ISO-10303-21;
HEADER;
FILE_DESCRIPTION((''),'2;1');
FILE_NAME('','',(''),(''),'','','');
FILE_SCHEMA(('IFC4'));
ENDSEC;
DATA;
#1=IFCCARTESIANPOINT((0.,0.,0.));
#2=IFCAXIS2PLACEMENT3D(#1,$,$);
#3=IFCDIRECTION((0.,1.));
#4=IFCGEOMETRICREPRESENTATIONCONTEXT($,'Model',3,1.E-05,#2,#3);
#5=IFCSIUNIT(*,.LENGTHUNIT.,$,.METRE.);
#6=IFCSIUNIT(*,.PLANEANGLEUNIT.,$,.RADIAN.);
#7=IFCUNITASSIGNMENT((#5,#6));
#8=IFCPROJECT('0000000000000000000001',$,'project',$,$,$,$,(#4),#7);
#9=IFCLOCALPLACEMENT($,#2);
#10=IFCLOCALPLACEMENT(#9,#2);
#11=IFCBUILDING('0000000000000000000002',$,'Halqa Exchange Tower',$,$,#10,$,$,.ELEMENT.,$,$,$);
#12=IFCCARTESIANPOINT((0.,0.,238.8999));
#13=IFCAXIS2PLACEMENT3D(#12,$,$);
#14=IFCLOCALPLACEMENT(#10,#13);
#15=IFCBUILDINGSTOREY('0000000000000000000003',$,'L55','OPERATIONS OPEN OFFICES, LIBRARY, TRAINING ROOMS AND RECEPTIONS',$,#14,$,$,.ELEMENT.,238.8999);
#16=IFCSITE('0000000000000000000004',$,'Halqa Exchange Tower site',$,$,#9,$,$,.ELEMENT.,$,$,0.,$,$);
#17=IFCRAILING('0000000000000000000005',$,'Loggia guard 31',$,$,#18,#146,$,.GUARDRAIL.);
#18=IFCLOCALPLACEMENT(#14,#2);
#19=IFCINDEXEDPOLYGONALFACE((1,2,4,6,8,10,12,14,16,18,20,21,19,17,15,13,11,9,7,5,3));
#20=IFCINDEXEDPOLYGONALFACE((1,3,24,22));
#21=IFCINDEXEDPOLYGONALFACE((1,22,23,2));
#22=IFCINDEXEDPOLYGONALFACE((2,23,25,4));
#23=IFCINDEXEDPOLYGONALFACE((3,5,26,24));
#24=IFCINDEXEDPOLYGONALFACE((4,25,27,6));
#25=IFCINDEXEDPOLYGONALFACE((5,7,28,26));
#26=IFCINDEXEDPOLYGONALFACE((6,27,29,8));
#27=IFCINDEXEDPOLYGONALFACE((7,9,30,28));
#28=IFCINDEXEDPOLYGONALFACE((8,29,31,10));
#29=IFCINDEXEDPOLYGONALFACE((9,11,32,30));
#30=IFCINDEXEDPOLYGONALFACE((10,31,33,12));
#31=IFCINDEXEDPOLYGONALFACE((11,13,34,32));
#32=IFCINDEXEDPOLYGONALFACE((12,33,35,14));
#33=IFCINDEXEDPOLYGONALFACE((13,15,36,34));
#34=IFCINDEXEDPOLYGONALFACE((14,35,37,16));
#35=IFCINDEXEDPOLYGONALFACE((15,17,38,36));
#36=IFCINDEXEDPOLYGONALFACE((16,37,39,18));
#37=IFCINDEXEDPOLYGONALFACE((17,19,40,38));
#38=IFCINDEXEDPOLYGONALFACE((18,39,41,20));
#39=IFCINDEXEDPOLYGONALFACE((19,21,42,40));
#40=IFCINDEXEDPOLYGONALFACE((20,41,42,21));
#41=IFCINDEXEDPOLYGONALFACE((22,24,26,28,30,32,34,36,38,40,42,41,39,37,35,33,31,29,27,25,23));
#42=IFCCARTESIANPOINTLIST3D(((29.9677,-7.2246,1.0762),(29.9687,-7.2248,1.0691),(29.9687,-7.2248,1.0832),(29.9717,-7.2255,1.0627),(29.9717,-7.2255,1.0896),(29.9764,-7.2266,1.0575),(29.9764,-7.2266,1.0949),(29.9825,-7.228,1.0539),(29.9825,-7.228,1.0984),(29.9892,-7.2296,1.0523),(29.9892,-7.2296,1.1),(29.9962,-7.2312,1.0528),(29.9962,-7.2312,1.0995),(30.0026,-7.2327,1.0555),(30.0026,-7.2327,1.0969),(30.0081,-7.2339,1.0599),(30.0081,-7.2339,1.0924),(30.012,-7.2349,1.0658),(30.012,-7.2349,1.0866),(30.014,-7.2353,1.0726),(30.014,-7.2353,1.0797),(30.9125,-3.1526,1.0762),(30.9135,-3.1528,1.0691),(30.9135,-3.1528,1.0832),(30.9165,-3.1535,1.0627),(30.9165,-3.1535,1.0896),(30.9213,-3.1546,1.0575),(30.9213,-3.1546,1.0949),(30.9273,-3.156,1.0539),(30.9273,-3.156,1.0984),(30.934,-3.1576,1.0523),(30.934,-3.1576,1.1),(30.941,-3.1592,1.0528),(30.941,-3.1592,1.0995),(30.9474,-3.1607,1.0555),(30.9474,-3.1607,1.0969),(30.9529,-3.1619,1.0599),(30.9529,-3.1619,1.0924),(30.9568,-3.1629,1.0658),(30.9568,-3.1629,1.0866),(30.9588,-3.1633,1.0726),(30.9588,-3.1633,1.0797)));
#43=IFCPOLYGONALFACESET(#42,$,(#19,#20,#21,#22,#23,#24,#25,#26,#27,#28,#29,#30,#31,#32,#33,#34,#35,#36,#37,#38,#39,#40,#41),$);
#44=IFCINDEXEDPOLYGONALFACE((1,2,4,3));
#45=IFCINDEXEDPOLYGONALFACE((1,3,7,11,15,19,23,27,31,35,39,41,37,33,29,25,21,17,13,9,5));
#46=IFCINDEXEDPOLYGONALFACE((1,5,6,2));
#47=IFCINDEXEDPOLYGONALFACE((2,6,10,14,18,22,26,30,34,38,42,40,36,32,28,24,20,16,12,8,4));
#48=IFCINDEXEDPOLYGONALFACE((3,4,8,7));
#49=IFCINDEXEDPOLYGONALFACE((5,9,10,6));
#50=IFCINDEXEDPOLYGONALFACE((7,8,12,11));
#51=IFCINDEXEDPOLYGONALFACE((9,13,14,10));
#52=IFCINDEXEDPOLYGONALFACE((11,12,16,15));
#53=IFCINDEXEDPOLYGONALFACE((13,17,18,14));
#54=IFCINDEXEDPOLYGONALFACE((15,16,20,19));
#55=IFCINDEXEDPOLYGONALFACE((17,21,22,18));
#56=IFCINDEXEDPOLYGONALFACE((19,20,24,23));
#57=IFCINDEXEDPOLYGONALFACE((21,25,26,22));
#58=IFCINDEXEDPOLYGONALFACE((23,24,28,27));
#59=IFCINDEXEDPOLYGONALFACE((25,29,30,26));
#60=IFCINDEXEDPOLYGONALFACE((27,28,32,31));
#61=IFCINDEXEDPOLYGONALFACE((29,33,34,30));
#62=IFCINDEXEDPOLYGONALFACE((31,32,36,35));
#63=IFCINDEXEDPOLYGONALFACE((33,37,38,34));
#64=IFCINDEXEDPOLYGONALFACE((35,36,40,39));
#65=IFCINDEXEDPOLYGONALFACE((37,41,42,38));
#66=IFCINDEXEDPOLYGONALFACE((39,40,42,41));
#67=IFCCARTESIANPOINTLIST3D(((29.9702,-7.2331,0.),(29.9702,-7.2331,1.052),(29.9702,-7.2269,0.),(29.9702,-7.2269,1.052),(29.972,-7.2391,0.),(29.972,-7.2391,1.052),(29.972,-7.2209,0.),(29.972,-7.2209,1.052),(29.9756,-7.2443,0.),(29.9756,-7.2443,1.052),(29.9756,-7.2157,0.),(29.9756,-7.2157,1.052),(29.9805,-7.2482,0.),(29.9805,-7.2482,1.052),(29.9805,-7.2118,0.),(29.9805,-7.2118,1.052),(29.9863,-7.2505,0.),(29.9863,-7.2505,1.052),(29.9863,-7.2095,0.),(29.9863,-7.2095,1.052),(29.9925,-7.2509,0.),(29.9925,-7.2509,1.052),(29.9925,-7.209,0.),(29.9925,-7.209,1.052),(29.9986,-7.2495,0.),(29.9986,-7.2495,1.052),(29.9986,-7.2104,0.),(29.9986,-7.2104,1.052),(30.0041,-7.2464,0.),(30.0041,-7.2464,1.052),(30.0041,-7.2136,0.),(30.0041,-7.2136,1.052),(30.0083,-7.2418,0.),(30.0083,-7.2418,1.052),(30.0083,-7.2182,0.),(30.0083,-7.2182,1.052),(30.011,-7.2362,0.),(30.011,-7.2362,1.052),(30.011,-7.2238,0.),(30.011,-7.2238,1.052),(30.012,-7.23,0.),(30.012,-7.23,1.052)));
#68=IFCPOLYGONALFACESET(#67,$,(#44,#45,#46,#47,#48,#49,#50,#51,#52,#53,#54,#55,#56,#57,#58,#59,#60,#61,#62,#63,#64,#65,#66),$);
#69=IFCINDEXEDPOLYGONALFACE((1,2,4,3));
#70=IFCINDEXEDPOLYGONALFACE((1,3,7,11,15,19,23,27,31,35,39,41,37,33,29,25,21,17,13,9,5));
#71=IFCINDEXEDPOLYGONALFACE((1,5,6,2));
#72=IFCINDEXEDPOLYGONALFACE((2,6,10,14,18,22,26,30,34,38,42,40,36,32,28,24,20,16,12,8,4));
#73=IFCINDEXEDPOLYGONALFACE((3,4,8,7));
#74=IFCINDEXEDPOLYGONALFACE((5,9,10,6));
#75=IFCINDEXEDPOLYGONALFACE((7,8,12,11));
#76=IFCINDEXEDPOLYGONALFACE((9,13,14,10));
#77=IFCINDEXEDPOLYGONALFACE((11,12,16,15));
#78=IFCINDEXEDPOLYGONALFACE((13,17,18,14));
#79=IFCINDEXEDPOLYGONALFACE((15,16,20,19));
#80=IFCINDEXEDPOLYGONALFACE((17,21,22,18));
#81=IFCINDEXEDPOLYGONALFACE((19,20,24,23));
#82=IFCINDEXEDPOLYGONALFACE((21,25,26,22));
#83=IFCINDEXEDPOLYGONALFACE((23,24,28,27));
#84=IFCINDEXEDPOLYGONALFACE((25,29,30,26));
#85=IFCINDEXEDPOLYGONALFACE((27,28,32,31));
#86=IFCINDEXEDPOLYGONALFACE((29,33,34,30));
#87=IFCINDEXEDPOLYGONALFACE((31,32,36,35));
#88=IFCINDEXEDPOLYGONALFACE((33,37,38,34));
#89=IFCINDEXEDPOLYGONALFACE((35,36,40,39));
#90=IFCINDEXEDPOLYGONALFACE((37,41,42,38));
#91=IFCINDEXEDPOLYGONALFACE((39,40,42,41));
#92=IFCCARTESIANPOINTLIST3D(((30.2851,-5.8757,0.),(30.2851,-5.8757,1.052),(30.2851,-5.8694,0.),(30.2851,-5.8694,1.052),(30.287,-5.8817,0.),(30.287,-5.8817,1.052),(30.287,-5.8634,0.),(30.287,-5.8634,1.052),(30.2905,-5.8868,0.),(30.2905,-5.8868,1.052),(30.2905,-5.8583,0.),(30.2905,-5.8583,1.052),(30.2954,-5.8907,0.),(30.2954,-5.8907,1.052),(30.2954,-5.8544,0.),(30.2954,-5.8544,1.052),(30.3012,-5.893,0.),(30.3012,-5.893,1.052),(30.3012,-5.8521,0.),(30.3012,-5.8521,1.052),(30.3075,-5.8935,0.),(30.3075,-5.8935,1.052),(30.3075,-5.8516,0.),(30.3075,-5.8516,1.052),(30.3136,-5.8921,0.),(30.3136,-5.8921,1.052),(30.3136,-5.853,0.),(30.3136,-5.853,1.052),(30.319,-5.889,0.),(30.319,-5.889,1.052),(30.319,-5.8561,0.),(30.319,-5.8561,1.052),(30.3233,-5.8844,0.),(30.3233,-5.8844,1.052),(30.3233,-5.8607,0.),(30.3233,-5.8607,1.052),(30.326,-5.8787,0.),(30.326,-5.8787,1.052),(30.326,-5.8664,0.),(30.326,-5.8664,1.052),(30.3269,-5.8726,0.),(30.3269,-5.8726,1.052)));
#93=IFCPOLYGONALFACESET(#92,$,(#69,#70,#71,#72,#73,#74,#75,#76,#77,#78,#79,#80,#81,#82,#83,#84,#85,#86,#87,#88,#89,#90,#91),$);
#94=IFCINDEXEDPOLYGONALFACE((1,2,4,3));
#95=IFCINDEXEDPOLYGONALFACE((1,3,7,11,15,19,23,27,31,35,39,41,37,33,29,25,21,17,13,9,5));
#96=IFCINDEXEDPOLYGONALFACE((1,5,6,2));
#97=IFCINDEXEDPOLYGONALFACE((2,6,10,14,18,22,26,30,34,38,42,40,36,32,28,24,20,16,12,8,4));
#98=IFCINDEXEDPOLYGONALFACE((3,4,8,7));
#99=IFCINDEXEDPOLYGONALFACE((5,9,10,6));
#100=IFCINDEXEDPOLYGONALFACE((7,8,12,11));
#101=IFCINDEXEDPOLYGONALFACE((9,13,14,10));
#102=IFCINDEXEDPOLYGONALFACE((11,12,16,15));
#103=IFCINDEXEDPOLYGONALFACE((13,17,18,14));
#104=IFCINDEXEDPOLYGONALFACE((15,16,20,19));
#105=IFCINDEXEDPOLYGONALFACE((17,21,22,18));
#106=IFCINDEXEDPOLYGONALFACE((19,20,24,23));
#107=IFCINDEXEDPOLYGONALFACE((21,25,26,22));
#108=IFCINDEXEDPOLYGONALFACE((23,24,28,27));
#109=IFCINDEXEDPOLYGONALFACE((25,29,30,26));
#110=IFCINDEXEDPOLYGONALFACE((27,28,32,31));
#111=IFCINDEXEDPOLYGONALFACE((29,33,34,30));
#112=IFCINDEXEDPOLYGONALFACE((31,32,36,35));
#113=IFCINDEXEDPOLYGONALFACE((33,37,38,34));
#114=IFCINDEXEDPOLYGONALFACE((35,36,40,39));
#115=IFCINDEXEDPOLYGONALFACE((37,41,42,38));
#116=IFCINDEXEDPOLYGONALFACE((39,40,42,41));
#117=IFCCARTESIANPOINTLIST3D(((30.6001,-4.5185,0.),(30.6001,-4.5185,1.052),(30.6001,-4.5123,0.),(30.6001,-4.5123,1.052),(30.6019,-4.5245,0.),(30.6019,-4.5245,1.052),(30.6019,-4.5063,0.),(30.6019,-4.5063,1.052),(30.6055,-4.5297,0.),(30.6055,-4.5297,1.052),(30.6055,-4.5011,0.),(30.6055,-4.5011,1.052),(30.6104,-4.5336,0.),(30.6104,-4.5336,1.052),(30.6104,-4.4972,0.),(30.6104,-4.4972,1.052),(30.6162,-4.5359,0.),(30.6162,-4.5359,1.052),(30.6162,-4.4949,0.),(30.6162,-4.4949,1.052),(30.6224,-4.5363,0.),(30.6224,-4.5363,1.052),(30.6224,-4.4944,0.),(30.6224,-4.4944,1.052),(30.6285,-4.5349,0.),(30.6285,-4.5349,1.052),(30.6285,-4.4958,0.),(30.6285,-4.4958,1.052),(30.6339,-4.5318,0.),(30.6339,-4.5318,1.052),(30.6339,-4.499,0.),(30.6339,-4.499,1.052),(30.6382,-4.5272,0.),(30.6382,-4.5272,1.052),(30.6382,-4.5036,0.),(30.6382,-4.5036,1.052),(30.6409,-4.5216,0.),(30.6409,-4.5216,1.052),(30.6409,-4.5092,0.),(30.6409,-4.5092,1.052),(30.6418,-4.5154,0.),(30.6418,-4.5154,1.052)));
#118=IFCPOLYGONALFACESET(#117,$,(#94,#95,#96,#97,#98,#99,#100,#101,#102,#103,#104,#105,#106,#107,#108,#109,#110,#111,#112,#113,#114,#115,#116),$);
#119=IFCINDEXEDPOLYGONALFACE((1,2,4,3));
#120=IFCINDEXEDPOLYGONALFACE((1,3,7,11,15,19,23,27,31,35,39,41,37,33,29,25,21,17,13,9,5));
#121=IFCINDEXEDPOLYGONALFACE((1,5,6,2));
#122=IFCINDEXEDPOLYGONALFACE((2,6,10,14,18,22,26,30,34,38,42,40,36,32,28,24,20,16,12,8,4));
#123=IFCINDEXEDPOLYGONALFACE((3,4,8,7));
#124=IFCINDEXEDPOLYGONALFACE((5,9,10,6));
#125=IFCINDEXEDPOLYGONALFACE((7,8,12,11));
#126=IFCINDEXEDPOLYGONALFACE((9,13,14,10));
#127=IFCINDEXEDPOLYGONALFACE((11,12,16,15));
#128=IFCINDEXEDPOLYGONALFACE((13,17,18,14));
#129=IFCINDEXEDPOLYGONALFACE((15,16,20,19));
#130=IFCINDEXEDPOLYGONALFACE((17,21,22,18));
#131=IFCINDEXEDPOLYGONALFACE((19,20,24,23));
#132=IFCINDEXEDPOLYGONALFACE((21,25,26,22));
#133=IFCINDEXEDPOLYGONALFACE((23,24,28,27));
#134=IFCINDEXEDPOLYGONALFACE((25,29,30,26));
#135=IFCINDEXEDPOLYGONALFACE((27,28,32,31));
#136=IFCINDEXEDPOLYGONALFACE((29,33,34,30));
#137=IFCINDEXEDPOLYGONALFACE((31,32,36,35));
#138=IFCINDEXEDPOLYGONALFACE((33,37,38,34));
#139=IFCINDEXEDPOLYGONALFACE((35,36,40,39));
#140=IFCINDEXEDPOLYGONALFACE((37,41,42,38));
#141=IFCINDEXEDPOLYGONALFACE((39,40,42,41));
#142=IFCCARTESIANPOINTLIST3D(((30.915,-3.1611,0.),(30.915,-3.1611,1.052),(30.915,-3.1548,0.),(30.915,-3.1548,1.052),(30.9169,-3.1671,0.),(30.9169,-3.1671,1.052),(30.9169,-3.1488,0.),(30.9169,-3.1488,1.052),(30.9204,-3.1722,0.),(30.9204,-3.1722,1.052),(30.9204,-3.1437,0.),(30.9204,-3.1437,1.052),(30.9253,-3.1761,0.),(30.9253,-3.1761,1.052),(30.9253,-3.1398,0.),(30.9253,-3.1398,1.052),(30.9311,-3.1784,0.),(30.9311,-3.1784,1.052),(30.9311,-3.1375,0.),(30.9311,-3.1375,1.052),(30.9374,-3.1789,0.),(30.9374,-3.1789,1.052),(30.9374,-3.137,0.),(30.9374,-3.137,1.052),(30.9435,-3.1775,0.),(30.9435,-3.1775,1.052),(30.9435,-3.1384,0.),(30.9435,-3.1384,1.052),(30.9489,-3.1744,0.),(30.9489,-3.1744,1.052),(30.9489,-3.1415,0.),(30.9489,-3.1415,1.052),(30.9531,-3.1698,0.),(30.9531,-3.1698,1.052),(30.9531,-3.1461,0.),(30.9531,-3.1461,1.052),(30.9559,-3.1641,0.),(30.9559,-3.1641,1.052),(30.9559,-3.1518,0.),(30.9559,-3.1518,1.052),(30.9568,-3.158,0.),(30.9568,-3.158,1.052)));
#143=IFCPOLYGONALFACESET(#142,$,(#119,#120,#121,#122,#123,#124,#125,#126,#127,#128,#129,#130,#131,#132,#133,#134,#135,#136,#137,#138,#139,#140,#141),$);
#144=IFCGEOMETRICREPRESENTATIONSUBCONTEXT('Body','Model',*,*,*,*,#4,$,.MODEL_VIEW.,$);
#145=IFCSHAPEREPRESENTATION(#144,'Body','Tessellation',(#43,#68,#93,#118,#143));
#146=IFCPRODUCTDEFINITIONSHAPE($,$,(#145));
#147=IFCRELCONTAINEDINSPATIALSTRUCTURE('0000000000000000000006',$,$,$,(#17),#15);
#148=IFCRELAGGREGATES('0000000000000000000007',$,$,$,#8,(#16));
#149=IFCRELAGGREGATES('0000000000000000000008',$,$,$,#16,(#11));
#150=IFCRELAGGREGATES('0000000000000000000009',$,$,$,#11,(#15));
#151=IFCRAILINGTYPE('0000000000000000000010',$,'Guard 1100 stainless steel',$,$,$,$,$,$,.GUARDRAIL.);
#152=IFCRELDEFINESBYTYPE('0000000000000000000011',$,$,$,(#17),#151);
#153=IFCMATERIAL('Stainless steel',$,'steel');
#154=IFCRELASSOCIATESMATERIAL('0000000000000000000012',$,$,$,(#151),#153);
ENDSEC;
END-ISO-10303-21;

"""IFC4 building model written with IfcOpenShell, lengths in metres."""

from ifc_helpers import new_model, si_unit, direction, frame, origin, origin_2d, place, context, subcontext, project, spatial, circle, extrude, material, type_object, element, save


model = new_model("IFC4")

# Units and contexts
model_context = context("Model", 3, precision=1e-05, world=origin(), true_north=direction((0.0, 1.0)))
body_context = subcontext(model_context, "Body", "Model", "MODEL_VIEW")
ifc_project = project(units=[si_unit("LENGTHUNIT", "METRE"), si_unit("PLANEANGLEUNIT", "RADIAN")], contexts=[model_context])

# Site, building, storey
site_placement = place(None, origin())
site = spatial("IfcSite", under=ifc_project, at=site_placement, Name="Halqa Exchange Tower site", CompositionType="ELEMENT", RefElevation=0.0)
building_placement = place(site_placement, origin())
building = spatial("IfcBuilding", under=site, at=building_placement, Name="Halqa Exchange Tower", CompositionType="ELEMENT")
storey_placement = place(building_placement, frame((0.0, 0.0, 238.8999)))
storey = spatial("IfcBuildingStorey", under=building, at=storey_placement, Name="L55", Description="OPERATIONS OPEN OFFICES, LIBRARY, TRAINING ROOMS AND RECEPTIONS", CompositionType="ELEMENT", Elevation=238.8999)

# Railing
ifc_material_1 = material(Name="Stainless steel", Category="steel")
railing_type = type_object("IfcRailingType", Name="Guard 1100 stainless steel", PredefinedType="GUARDRAIL", material=ifc_material_1)
railing_1_placement = place(storey_placement, frame((29.991, -7.23, 0.0)))
element("IfcRailing", 1, at=railing_1_placement, inside=storey, type_object=railing_type, Name="Loggia guard 31", PredefinedType="GUARDRAIL", context=body_context, shape_type="SweptSolid", body=[
    extrude(circle(Radius=0.0239, at=origin_2d()), frame((0.0, 0.0, 1.0762), z_axis=(0.226024, 0.974122, 0.0), x_axis=(-0.974122, 0.226024, 0.0)), (0.0, 0.0, 1.0), 4.1802),
    extrude(circle(Radius=0.021, at=origin_2d()), origin(), (0.0, 0.0, 1.0), 1.052),
    extrude(circle(Radius=0.021, at=origin_2d()), frame((0.3149, 1.3574, 0.0)), (0.0, 0.0, 1.0), 1.052),
    extrude(circle(Radius=0.021, at=origin_2d()), frame((0.6299, 2.7146, 0.0)), (0.0, 0.0, 1.0), 1.052),
    extrude(circle(Radius=0.021, at=origin_2d()), frame((0.9448, 4.072, 0.0)), (0.0, 0.0, 1.0), 1.052),
])

save(model, "model.ifc")
